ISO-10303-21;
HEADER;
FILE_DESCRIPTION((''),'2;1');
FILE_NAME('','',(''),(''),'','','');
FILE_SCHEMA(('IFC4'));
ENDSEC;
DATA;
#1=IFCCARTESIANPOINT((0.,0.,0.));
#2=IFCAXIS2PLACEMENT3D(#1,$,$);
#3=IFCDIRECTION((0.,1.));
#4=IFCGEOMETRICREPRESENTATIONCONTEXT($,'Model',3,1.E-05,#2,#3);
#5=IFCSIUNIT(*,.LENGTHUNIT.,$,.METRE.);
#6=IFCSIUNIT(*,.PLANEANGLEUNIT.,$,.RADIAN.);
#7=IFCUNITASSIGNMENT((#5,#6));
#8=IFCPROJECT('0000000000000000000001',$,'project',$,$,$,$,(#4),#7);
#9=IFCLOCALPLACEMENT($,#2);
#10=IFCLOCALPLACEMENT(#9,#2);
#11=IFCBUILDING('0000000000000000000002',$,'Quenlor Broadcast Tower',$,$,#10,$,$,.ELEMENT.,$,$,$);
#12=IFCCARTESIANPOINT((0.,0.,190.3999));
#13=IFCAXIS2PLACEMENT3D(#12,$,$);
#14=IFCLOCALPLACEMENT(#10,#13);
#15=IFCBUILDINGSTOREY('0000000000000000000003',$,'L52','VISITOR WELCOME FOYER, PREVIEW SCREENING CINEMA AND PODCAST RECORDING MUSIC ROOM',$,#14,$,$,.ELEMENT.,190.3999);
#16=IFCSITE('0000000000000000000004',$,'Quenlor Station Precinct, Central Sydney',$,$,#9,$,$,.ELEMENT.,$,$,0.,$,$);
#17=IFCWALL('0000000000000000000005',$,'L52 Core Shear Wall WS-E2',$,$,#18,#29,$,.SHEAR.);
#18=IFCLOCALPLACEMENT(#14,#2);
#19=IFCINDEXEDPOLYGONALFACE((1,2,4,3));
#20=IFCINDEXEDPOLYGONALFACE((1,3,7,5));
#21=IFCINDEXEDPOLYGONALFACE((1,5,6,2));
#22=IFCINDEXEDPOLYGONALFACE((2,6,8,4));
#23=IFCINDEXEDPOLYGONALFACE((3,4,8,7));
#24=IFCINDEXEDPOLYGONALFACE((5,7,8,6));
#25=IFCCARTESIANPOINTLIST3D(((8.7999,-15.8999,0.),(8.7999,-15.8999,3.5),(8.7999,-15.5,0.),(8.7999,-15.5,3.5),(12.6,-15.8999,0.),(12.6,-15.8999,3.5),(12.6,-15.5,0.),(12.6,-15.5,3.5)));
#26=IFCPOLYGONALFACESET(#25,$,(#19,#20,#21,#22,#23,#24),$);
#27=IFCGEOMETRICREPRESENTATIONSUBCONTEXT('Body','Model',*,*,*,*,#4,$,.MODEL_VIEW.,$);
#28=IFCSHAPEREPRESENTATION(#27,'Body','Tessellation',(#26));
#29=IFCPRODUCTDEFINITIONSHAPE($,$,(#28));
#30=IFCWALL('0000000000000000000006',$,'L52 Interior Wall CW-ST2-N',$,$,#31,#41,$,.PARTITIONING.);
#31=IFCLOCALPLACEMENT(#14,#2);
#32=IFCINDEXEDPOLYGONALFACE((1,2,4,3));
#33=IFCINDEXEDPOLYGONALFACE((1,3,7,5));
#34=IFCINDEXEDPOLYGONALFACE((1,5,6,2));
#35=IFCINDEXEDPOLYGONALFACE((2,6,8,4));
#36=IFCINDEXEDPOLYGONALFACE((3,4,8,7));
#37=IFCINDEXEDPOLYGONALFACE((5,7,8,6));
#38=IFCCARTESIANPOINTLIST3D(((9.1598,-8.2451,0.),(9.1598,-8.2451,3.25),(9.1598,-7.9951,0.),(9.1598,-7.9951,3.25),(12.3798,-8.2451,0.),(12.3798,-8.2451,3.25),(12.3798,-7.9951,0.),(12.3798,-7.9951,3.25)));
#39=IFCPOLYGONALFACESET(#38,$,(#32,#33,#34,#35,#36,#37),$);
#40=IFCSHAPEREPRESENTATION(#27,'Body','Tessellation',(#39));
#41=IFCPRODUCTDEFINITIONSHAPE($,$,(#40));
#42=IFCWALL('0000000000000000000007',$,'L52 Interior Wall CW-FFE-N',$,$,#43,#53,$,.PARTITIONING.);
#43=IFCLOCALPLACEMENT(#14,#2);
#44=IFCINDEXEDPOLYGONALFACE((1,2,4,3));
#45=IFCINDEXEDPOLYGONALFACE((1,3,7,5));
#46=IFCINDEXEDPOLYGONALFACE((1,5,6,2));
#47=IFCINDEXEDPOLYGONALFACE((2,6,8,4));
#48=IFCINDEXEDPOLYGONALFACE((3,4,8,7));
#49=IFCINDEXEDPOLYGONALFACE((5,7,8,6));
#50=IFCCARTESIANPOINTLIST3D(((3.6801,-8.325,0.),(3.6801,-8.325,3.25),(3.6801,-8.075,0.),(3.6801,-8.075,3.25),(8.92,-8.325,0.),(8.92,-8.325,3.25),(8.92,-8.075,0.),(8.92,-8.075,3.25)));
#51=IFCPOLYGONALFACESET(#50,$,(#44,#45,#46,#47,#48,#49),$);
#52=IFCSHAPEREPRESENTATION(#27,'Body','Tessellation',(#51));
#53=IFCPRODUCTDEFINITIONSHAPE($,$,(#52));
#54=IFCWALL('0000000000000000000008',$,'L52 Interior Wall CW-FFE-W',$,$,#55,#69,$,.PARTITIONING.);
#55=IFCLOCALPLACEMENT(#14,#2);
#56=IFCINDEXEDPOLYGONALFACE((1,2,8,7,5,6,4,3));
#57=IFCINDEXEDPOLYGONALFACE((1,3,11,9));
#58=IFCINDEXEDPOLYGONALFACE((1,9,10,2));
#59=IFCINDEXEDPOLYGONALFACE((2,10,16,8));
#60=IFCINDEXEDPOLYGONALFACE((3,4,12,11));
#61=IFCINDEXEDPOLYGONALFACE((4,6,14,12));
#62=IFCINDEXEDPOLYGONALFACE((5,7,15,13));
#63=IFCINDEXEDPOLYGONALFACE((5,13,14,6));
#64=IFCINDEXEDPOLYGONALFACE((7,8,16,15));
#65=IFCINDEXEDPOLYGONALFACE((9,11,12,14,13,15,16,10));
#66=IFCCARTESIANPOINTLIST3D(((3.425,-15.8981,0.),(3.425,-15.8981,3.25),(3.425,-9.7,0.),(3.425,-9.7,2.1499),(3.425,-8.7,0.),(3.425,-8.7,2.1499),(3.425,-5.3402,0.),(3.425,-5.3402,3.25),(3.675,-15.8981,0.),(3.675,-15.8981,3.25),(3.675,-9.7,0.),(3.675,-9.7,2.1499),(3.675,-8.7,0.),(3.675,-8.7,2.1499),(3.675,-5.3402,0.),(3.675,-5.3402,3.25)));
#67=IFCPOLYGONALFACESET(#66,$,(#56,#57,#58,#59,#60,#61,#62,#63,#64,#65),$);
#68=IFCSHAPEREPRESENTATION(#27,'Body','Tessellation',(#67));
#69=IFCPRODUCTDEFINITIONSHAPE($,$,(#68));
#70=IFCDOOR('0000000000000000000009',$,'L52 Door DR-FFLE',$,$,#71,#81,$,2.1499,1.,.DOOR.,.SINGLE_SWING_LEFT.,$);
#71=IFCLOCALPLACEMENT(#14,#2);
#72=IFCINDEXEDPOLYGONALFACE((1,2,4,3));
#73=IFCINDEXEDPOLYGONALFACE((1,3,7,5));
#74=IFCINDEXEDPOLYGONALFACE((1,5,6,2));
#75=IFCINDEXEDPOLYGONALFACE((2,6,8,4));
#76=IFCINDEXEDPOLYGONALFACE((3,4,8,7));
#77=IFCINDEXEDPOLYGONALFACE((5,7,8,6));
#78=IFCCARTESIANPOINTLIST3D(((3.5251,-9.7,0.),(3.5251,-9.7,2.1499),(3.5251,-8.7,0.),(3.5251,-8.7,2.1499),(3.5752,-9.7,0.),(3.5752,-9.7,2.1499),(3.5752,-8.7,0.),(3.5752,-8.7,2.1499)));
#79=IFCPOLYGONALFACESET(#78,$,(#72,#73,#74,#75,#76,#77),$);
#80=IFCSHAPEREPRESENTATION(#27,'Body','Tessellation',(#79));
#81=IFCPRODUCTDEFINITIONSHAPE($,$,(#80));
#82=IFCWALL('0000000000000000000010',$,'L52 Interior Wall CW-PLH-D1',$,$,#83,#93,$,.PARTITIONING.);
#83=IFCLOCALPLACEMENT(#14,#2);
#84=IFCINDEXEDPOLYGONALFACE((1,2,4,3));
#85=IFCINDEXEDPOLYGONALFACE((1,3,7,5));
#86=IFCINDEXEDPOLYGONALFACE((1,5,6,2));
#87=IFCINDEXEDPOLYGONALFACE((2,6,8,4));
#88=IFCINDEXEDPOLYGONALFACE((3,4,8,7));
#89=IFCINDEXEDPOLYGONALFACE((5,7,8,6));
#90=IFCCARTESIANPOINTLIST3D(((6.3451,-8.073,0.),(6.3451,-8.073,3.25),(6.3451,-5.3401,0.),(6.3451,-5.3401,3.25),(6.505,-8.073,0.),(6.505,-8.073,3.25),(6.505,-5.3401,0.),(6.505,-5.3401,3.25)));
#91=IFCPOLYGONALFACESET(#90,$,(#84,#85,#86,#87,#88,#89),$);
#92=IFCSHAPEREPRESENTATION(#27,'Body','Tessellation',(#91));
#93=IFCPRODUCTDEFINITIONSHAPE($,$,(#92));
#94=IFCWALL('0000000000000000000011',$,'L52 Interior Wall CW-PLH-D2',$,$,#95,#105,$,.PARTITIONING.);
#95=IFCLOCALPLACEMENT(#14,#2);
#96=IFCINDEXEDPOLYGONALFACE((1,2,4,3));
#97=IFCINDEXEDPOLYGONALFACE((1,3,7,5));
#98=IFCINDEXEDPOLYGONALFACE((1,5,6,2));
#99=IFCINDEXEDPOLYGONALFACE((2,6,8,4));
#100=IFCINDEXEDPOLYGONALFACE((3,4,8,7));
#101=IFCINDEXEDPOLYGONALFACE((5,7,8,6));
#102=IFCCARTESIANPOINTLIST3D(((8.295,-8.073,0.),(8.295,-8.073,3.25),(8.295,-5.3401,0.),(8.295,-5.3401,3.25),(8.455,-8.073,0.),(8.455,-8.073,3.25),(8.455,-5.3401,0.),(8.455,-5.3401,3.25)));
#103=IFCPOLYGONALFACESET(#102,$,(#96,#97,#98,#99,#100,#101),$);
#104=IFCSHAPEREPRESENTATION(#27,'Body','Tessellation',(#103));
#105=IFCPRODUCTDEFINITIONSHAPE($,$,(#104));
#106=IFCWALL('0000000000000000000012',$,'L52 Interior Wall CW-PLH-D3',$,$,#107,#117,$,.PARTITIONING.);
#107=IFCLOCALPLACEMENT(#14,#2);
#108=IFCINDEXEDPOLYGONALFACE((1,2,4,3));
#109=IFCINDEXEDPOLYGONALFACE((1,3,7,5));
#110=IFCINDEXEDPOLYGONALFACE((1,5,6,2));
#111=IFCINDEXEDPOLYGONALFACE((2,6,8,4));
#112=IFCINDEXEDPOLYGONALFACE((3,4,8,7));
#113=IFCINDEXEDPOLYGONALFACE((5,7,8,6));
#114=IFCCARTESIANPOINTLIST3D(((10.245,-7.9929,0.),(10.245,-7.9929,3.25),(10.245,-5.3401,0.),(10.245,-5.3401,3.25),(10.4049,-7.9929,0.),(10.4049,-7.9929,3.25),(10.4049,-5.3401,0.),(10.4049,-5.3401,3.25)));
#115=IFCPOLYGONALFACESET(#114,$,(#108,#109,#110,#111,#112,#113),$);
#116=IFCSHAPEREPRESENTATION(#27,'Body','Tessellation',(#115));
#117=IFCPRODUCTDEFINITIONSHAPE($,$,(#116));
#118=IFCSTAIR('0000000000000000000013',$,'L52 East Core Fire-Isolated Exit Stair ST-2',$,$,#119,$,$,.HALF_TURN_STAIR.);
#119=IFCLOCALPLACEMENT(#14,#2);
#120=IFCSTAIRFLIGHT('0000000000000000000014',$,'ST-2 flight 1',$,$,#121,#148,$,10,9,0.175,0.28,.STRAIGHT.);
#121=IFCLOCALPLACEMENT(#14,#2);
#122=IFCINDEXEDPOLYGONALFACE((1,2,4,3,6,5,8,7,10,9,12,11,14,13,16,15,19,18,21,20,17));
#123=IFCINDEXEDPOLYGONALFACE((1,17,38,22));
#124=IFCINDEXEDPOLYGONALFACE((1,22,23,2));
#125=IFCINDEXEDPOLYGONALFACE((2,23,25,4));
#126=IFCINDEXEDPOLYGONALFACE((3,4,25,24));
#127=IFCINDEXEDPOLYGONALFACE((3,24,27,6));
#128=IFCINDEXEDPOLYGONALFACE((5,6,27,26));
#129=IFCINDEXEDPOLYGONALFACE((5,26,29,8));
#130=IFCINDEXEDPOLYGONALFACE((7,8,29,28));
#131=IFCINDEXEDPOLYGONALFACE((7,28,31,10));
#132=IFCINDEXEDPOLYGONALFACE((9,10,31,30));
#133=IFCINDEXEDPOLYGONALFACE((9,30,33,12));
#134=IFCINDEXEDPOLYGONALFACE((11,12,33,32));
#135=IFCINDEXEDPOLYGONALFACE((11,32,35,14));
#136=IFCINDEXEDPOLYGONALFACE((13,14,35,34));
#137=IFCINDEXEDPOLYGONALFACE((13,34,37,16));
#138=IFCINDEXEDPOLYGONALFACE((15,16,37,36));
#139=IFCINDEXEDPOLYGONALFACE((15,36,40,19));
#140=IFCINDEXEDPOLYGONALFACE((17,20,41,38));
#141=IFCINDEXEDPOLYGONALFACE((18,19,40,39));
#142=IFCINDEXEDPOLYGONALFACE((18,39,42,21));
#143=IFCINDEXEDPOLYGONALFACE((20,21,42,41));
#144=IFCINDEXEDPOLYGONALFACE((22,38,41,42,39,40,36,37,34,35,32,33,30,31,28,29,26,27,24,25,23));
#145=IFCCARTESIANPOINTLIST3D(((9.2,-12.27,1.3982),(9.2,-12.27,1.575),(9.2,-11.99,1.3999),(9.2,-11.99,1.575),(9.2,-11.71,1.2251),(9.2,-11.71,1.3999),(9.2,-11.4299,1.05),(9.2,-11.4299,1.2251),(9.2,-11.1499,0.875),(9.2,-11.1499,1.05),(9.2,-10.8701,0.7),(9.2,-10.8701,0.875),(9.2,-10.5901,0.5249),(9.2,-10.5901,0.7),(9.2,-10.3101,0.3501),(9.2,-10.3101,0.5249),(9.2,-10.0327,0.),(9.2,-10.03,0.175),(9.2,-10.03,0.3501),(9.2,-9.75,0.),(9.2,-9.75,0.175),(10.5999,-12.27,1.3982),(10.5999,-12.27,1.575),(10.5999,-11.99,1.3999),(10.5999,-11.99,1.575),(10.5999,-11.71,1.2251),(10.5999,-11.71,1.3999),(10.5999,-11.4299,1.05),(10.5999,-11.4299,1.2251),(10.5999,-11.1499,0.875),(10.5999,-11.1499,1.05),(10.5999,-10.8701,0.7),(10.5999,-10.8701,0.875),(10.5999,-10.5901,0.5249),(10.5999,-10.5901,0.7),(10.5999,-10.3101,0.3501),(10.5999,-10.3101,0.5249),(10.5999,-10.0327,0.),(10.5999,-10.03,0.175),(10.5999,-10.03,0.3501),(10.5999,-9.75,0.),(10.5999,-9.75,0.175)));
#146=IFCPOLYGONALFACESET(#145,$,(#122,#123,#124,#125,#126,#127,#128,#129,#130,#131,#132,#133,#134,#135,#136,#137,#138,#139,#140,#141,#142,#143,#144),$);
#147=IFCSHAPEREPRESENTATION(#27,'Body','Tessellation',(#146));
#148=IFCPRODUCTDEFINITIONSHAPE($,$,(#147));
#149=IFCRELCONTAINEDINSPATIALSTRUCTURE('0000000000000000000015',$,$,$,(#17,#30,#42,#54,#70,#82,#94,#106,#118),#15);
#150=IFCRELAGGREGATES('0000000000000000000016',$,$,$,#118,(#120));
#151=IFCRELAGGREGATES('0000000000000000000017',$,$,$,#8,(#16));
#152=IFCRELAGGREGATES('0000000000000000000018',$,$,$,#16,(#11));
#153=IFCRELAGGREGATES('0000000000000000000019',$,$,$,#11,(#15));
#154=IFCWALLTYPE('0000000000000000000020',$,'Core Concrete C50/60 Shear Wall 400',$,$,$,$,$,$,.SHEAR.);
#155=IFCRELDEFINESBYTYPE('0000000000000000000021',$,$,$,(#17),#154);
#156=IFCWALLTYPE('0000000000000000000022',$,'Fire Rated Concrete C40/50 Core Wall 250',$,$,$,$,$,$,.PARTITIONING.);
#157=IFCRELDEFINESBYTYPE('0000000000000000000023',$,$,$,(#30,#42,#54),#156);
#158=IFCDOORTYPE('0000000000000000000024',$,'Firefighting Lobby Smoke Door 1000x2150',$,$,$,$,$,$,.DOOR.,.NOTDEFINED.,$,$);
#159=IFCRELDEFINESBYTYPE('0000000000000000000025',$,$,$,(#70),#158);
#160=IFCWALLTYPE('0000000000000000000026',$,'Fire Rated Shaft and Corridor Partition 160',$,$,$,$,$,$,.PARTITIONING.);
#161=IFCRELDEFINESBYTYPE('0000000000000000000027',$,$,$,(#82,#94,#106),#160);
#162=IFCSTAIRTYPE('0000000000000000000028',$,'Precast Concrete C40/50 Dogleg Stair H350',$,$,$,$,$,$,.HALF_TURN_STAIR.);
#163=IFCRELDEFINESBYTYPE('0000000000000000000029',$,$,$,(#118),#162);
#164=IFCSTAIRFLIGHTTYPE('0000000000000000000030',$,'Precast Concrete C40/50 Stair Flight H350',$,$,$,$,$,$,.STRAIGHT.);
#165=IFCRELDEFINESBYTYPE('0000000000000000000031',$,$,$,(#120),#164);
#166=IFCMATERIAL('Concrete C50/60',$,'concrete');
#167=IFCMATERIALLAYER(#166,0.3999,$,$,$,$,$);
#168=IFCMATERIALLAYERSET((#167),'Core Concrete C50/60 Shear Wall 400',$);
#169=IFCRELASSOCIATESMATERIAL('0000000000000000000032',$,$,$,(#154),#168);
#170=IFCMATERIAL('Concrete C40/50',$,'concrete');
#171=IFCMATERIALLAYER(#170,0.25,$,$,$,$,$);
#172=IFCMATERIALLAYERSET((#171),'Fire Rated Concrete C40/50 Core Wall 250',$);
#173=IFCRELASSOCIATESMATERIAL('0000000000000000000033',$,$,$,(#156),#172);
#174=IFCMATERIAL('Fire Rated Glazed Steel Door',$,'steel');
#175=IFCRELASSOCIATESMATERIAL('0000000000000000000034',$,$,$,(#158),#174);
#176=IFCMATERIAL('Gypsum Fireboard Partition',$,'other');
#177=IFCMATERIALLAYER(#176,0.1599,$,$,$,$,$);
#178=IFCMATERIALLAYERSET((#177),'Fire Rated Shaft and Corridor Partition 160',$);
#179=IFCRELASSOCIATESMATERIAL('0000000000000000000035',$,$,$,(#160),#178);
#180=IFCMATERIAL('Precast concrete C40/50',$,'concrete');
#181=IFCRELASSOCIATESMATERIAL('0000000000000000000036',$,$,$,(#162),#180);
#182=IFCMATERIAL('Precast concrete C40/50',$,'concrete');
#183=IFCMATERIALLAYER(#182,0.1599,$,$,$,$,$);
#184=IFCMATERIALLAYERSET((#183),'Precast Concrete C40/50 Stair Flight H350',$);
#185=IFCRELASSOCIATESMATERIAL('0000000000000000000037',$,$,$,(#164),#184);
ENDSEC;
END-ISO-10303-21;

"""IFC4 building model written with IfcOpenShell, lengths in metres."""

from ifc_helpers import new_model, si_unit, direction, frame, frame_2d, origin, place, context, subcontext, project, spatial, polyline, rectangle, outline, extrude, material, layer, layer_set, type_object, element, fill, aggregate, save


model = new_model("IFC4")

# Units and contexts
model_context = context("Model", 3, precision=1e-05, world=origin(), true_north=direction((0.0, 1.0)))
body_context = subcontext(model_context, "Body", "Model", "MODEL_VIEW")
ifc_project = project(units=[si_unit("LENGTHUNIT", "METRE"), si_unit("PLANEANGLEUNIT", "RADIAN")], contexts=[model_context])

# Site, building, storey
site_placement = place(None, origin())
site = spatial("IfcSite", under=ifc_project, at=site_placement, Name="Quenlor Station Precinct, Central Sydney", CompositionType="ELEMENT", RefElevation=0.0)
building_placement = place(site_placement, origin())
building = spatial("IfcBuilding", under=site, at=building_placement, Name="Quenlor Broadcast Tower", CompositionType="ELEMENT")
storey_placement = place(building_placement, frame((0.0, 0.0, 190.3999)))
storey = spatial("IfcBuildingStorey", under=building, at=storey_placement, Name="L52", Description="VISITOR WELCOME FOYER, PREVIEW SCREENING CINEMA AND PODCAST RECORDING MUSIC ROOM", CompositionType="ELEMENT", Elevation=190.3999)

# Wall
ifc_material_1 = material(Name="Concrete C50/60", Category="concrete")
ifc_layer_1 = layer(ifc_material_1, 0.3999)
ifc_layer_set_1 = layer_set([ifc_layer_1], Name="Core Concrete C50/60 Shear Wall 400")
wall_type_1 = type_object("IfcWallType", Name="Core Concrete C50/60 Shear Wall 400", PredefinedType="SHEAR", material=ifc_layer_set_1)
wall_1_placement = place(storey_placement, frame((8.8, -15.7, 0.0), z_axis=(0.0, 0.0, 1.0), x_axis=(1.0, 0.0, 0.0)))
element("IfcWall", 1, at=wall_1_placement, inside=storey, type_object=wall_type_1, Name="L52 Core Shear Wall WS-E2", PredefinedType="SHEAR", context=body_context, shape_type="SweptSolid", body=[
    extrude(rectangle(XDim=3.8, YDim=0.3999, at=frame_2d((1.8999, 0.0))), origin(), (0.0, 0.0, 1.0), 3.5),
])

# Shared definitions
ifc_material_2 = material(Name="Concrete C40/50", Category="concrete")
ifc_layer_2 = layer(ifc_material_2, 0.25)
ifc_layer_set_2 = layer_set([ifc_layer_2], Name="Fire Rated Concrete C40/50 Core Wall 250")
wall_type_2 = type_object("IfcWallType", Name="Fire Rated Concrete C40/50 Core Wall 250", PredefinedType="PARTITIONING", material=ifc_layer_set_2)

# Wall
wall_2_placement = place(storey_placement, frame((9.1599, -8.1201, 0.0), z_axis=(0.0, 0.0, 1.0), x_axis=(1.0, 0.0, 0.0)))
element("IfcWall", 2, at=wall_2_placement, inside=storey, type_object=wall_type_2, Name="L52 Interior Wall CW-ST2-N", PredefinedType="PARTITIONING", context=body_context, shape_type="SweptSolid", body=[
    extrude(rectangle(XDim=3.22, YDim=0.25, at=frame_2d((1.6099, 0.0))), origin(), (0.0, 0.0, 1.0), 3.25),
])

# Wall
wall_3_placement = place(storey_placement, frame((3.6799, -8.2, 0.0), z_axis=(0.0, 0.0, 1.0), x_axis=(1.0, 0.0, 0.0)))
element("IfcWall", 3, at=wall_3_placement, inside=storey, type_object=wall_type_2, Name="L52 Interior Wall CW-FFE-N", PredefinedType="PARTITIONING", context=body_context, shape_type="SweptSolid", body=[
    extrude(rectangle(XDim=5.24, YDim=0.25, at=frame_2d((2.6201, 0.0))), origin(), (0.0, 0.0, 1.0), 3.25),
])

# Wall, opening, door
wall_4_placement = place(storey_placement, frame((3.55, -15.8979, 0.0), z_axis=(0.0, 0.0, 1.0), x_axis=(0.0, 1.0, 0.0)))
wall_4 = element("IfcWall", 4, at=wall_4_placement, inside=storey, type_object=wall_type_2, Name="L52 Interior Wall CW-FFE-W", PredefinedType="PARTITIONING", context=body_context, shape_type="SweptSolid", body=[
    extrude(rectangle(XDim=10.5579, YDim=0.25, at=frame_2d((5.2788, 0.0))), origin(), (0.0, 0.0, 1.0), 3.25),
])
opening_1_placement = place(wall_4_placement, frame((6.198, 0.0, 0.0)))
opening_1 = element("IfcOpeningElement", 5, at=opening_1_placement, cuts=wall_4, PredefinedType="OPENING", context=body_context, shape_type="SweptSolid", body=[
    extrude(rectangle(XDim=1.0, YDim=2.1499, at=frame_2d((0.5, 1.075))), frame((0.0, 0.135, 0.0), z_axis=(0.0, -1.0, 0.0), x_axis=(1.0, 0.0, 0.0)), (0.0, 0.0, 1.0), 0.27),
])
ifc_material_3 = material(Name="Fire Rated Glazed Steel Door", Category="steel")
door_type_1 = type_object("IfcDoorType", Name="Firefighting Lobby Smoke Door 1000x2150", OperationType="NOTDEFINED", PredefinedType="DOOR", material=ifc_material_3)
door_1_placement = place(opening_1_placement, origin())
door_1 = element("IfcDoor", 6, at=door_1_placement, inside=storey, type_object=door_type_1, Name="L52 Door DR-FFLE", OperationType="SINGLE_SWING_LEFT", OverallHeight=2.1499, OverallWidth=1.0, PredefinedType="DOOR", context=body_context, shape_type="SweptSolid", body=[
    extrude(rectangle(XDim=1.0, YDim=2.1499, at=frame_2d((0.5, 1.075))), frame((0.0, 0.0249, 0.0), z_axis=(0.0, -1.0, 0.0), x_axis=(1.0, 0.0, 0.0)), (0.0, 0.0, 1.0), 0.05),
])
fill(opening_1, door_1)

# Walls
ifc_material_4 = material(Name="Gypsum Fireboard Partition", Category="other")
ifc_layer_3 = layer(ifc_material_4, 0.1599)
ifc_layer_set_3 = layer_set([ifc_layer_3], Name="Fire Rated Shaft and Corridor Partition 160")
wall_type_3 = type_object("IfcWallType", Name="Fire Rated Shaft and Corridor Partition 160", PredefinedType="PARTITIONING", material=ifc_layer_set_3)
for number, where, z_axis, x_axis, name in (
    (7, (6.425, -8.073, 0.0), (0.0, 0.0, 1.0), (0.0, 1.0, 0.0), "L52 Interior Wall CW-PLH-D1"),
    (8, (8.375, -8.073, 0.0), (0.0, 0.0, 1.0), (0.0, 1.0, 0.0), "L52 Interior Wall CW-PLH-D2"),
):
    element("IfcWall", number, at=place(storey_placement, frame(where, z_axis=z_axis, x_axis=x_axis)), inside=storey, type_object=wall_type_3, Name=name, PredefinedType="PARTITIONING", context=body_context, shape_type="SweptSolid", body=[
        extrude(rectangle(XDim=2.7329, YDim=0.1599, at=frame_2d((1.3665, 0.0))), origin(), (0.0, 0.0, 1.0), 3.25),
    ])
wall_5_placement = place(storey_placement, frame((10.325, -7.9929, 0.0), z_axis=(0.0, 0.0, 1.0), x_axis=(0.0, 1.0, 0.0)))
element("IfcWall", 9, at=wall_5_placement, inside=storey, type_object=wall_type_3, Name="L52 Interior Wall CW-PLH-D3", PredefinedType="PARTITIONING", context=body_context, shape_type="SweptSolid", body=[
    extrude(rectangle(XDim=2.6528, YDim=0.1599, at=frame_2d((1.3264, 0.0))), origin(), (0.0, 0.0, 1.0), 3.25),
])

# Stair, stair flight
ifc_material_5 = material(Name="Precast concrete C40/50", Category="concrete")
stair_type = type_object("IfcStairType", Name="Precast Concrete C40/50 Dogleg Stair H350", PredefinedType="HALF_TURN_STAIR", material=ifc_material_5)
stair_placement = place(storey_placement, origin())
stair = element("IfcStair", 10, at=stair_placement, inside=storey, type_object=stair_type, Name="L52 East Core Fire-Isolated Exit Stair ST-2", PredefinedType="HALF_TURN_STAIR")
ifc_material_6 = material(Name="Precast concrete C40/50", Category="concrete")
ifc_layer_4 = layer(ifc_material_6, 0.1599)
ifc_layer_set_4 = layer_set([ifc_layer_4], Name="Precast Concrete C40/50 Stair Flight H350")
stair_flight_type = type_object("IfcStairFlightType", Name="Precast Concrete C40/50 Stair Flight H350", PredefinedType="STRAIGHT", material=ifc_layer_set_4)
stair_flight_placement = place(storey_placement, frame((9.8999, -9.75, 0.0), z_axis=(0.0, 0.0, 1.0), x_axis=(0.0, -1.0, 0.0)))
stair_flight = element("IfcStairFlight", 11, at=stair_flight_placement, type_object=stair_flight_type, Name="ST-2 flight 1", NumberOfRisers=10, NumberOfTreads=9, PredefinedType="STRAIGHT", RiserHeight=0.175, TreadLength=0.28, context=body_context, shape_type="SweptSolid", body=[
    extrude(outline(polyline([(0.0, 0.0), (0.0, 0.175), (0.28, 0.175), (0.28, 0.3501), (0.5601, 0.3501), (0.5601, 0.5249), (0.8401, 0.5249), (0.8401, 0.7), (1.1201, 0.7), (1.1201, 0.875), (1.3999, 0.875), (1.3999, 1.05), (1.6799, 1.05), (1.6799, 1.2251), (1.96, 1.2251), (1.96, 1.3999), (2.24, 1.3999), (2.24, 1.575), (2.52, 1.575), (2.52, 1.75), (2.52, 1.3982), (0.2827, 0.0), (0.0, 0.0)])), frame((0.0, 0.7, 0.0), z_axis=(0.0, -1.0, 0.0), x_axis=(1.0, 0.0, 0.0)), (0.0, 0.0, 1.0), 1.3999),
])
aggregate(stair, [stair_flight])

save(model, "model.ifc")
